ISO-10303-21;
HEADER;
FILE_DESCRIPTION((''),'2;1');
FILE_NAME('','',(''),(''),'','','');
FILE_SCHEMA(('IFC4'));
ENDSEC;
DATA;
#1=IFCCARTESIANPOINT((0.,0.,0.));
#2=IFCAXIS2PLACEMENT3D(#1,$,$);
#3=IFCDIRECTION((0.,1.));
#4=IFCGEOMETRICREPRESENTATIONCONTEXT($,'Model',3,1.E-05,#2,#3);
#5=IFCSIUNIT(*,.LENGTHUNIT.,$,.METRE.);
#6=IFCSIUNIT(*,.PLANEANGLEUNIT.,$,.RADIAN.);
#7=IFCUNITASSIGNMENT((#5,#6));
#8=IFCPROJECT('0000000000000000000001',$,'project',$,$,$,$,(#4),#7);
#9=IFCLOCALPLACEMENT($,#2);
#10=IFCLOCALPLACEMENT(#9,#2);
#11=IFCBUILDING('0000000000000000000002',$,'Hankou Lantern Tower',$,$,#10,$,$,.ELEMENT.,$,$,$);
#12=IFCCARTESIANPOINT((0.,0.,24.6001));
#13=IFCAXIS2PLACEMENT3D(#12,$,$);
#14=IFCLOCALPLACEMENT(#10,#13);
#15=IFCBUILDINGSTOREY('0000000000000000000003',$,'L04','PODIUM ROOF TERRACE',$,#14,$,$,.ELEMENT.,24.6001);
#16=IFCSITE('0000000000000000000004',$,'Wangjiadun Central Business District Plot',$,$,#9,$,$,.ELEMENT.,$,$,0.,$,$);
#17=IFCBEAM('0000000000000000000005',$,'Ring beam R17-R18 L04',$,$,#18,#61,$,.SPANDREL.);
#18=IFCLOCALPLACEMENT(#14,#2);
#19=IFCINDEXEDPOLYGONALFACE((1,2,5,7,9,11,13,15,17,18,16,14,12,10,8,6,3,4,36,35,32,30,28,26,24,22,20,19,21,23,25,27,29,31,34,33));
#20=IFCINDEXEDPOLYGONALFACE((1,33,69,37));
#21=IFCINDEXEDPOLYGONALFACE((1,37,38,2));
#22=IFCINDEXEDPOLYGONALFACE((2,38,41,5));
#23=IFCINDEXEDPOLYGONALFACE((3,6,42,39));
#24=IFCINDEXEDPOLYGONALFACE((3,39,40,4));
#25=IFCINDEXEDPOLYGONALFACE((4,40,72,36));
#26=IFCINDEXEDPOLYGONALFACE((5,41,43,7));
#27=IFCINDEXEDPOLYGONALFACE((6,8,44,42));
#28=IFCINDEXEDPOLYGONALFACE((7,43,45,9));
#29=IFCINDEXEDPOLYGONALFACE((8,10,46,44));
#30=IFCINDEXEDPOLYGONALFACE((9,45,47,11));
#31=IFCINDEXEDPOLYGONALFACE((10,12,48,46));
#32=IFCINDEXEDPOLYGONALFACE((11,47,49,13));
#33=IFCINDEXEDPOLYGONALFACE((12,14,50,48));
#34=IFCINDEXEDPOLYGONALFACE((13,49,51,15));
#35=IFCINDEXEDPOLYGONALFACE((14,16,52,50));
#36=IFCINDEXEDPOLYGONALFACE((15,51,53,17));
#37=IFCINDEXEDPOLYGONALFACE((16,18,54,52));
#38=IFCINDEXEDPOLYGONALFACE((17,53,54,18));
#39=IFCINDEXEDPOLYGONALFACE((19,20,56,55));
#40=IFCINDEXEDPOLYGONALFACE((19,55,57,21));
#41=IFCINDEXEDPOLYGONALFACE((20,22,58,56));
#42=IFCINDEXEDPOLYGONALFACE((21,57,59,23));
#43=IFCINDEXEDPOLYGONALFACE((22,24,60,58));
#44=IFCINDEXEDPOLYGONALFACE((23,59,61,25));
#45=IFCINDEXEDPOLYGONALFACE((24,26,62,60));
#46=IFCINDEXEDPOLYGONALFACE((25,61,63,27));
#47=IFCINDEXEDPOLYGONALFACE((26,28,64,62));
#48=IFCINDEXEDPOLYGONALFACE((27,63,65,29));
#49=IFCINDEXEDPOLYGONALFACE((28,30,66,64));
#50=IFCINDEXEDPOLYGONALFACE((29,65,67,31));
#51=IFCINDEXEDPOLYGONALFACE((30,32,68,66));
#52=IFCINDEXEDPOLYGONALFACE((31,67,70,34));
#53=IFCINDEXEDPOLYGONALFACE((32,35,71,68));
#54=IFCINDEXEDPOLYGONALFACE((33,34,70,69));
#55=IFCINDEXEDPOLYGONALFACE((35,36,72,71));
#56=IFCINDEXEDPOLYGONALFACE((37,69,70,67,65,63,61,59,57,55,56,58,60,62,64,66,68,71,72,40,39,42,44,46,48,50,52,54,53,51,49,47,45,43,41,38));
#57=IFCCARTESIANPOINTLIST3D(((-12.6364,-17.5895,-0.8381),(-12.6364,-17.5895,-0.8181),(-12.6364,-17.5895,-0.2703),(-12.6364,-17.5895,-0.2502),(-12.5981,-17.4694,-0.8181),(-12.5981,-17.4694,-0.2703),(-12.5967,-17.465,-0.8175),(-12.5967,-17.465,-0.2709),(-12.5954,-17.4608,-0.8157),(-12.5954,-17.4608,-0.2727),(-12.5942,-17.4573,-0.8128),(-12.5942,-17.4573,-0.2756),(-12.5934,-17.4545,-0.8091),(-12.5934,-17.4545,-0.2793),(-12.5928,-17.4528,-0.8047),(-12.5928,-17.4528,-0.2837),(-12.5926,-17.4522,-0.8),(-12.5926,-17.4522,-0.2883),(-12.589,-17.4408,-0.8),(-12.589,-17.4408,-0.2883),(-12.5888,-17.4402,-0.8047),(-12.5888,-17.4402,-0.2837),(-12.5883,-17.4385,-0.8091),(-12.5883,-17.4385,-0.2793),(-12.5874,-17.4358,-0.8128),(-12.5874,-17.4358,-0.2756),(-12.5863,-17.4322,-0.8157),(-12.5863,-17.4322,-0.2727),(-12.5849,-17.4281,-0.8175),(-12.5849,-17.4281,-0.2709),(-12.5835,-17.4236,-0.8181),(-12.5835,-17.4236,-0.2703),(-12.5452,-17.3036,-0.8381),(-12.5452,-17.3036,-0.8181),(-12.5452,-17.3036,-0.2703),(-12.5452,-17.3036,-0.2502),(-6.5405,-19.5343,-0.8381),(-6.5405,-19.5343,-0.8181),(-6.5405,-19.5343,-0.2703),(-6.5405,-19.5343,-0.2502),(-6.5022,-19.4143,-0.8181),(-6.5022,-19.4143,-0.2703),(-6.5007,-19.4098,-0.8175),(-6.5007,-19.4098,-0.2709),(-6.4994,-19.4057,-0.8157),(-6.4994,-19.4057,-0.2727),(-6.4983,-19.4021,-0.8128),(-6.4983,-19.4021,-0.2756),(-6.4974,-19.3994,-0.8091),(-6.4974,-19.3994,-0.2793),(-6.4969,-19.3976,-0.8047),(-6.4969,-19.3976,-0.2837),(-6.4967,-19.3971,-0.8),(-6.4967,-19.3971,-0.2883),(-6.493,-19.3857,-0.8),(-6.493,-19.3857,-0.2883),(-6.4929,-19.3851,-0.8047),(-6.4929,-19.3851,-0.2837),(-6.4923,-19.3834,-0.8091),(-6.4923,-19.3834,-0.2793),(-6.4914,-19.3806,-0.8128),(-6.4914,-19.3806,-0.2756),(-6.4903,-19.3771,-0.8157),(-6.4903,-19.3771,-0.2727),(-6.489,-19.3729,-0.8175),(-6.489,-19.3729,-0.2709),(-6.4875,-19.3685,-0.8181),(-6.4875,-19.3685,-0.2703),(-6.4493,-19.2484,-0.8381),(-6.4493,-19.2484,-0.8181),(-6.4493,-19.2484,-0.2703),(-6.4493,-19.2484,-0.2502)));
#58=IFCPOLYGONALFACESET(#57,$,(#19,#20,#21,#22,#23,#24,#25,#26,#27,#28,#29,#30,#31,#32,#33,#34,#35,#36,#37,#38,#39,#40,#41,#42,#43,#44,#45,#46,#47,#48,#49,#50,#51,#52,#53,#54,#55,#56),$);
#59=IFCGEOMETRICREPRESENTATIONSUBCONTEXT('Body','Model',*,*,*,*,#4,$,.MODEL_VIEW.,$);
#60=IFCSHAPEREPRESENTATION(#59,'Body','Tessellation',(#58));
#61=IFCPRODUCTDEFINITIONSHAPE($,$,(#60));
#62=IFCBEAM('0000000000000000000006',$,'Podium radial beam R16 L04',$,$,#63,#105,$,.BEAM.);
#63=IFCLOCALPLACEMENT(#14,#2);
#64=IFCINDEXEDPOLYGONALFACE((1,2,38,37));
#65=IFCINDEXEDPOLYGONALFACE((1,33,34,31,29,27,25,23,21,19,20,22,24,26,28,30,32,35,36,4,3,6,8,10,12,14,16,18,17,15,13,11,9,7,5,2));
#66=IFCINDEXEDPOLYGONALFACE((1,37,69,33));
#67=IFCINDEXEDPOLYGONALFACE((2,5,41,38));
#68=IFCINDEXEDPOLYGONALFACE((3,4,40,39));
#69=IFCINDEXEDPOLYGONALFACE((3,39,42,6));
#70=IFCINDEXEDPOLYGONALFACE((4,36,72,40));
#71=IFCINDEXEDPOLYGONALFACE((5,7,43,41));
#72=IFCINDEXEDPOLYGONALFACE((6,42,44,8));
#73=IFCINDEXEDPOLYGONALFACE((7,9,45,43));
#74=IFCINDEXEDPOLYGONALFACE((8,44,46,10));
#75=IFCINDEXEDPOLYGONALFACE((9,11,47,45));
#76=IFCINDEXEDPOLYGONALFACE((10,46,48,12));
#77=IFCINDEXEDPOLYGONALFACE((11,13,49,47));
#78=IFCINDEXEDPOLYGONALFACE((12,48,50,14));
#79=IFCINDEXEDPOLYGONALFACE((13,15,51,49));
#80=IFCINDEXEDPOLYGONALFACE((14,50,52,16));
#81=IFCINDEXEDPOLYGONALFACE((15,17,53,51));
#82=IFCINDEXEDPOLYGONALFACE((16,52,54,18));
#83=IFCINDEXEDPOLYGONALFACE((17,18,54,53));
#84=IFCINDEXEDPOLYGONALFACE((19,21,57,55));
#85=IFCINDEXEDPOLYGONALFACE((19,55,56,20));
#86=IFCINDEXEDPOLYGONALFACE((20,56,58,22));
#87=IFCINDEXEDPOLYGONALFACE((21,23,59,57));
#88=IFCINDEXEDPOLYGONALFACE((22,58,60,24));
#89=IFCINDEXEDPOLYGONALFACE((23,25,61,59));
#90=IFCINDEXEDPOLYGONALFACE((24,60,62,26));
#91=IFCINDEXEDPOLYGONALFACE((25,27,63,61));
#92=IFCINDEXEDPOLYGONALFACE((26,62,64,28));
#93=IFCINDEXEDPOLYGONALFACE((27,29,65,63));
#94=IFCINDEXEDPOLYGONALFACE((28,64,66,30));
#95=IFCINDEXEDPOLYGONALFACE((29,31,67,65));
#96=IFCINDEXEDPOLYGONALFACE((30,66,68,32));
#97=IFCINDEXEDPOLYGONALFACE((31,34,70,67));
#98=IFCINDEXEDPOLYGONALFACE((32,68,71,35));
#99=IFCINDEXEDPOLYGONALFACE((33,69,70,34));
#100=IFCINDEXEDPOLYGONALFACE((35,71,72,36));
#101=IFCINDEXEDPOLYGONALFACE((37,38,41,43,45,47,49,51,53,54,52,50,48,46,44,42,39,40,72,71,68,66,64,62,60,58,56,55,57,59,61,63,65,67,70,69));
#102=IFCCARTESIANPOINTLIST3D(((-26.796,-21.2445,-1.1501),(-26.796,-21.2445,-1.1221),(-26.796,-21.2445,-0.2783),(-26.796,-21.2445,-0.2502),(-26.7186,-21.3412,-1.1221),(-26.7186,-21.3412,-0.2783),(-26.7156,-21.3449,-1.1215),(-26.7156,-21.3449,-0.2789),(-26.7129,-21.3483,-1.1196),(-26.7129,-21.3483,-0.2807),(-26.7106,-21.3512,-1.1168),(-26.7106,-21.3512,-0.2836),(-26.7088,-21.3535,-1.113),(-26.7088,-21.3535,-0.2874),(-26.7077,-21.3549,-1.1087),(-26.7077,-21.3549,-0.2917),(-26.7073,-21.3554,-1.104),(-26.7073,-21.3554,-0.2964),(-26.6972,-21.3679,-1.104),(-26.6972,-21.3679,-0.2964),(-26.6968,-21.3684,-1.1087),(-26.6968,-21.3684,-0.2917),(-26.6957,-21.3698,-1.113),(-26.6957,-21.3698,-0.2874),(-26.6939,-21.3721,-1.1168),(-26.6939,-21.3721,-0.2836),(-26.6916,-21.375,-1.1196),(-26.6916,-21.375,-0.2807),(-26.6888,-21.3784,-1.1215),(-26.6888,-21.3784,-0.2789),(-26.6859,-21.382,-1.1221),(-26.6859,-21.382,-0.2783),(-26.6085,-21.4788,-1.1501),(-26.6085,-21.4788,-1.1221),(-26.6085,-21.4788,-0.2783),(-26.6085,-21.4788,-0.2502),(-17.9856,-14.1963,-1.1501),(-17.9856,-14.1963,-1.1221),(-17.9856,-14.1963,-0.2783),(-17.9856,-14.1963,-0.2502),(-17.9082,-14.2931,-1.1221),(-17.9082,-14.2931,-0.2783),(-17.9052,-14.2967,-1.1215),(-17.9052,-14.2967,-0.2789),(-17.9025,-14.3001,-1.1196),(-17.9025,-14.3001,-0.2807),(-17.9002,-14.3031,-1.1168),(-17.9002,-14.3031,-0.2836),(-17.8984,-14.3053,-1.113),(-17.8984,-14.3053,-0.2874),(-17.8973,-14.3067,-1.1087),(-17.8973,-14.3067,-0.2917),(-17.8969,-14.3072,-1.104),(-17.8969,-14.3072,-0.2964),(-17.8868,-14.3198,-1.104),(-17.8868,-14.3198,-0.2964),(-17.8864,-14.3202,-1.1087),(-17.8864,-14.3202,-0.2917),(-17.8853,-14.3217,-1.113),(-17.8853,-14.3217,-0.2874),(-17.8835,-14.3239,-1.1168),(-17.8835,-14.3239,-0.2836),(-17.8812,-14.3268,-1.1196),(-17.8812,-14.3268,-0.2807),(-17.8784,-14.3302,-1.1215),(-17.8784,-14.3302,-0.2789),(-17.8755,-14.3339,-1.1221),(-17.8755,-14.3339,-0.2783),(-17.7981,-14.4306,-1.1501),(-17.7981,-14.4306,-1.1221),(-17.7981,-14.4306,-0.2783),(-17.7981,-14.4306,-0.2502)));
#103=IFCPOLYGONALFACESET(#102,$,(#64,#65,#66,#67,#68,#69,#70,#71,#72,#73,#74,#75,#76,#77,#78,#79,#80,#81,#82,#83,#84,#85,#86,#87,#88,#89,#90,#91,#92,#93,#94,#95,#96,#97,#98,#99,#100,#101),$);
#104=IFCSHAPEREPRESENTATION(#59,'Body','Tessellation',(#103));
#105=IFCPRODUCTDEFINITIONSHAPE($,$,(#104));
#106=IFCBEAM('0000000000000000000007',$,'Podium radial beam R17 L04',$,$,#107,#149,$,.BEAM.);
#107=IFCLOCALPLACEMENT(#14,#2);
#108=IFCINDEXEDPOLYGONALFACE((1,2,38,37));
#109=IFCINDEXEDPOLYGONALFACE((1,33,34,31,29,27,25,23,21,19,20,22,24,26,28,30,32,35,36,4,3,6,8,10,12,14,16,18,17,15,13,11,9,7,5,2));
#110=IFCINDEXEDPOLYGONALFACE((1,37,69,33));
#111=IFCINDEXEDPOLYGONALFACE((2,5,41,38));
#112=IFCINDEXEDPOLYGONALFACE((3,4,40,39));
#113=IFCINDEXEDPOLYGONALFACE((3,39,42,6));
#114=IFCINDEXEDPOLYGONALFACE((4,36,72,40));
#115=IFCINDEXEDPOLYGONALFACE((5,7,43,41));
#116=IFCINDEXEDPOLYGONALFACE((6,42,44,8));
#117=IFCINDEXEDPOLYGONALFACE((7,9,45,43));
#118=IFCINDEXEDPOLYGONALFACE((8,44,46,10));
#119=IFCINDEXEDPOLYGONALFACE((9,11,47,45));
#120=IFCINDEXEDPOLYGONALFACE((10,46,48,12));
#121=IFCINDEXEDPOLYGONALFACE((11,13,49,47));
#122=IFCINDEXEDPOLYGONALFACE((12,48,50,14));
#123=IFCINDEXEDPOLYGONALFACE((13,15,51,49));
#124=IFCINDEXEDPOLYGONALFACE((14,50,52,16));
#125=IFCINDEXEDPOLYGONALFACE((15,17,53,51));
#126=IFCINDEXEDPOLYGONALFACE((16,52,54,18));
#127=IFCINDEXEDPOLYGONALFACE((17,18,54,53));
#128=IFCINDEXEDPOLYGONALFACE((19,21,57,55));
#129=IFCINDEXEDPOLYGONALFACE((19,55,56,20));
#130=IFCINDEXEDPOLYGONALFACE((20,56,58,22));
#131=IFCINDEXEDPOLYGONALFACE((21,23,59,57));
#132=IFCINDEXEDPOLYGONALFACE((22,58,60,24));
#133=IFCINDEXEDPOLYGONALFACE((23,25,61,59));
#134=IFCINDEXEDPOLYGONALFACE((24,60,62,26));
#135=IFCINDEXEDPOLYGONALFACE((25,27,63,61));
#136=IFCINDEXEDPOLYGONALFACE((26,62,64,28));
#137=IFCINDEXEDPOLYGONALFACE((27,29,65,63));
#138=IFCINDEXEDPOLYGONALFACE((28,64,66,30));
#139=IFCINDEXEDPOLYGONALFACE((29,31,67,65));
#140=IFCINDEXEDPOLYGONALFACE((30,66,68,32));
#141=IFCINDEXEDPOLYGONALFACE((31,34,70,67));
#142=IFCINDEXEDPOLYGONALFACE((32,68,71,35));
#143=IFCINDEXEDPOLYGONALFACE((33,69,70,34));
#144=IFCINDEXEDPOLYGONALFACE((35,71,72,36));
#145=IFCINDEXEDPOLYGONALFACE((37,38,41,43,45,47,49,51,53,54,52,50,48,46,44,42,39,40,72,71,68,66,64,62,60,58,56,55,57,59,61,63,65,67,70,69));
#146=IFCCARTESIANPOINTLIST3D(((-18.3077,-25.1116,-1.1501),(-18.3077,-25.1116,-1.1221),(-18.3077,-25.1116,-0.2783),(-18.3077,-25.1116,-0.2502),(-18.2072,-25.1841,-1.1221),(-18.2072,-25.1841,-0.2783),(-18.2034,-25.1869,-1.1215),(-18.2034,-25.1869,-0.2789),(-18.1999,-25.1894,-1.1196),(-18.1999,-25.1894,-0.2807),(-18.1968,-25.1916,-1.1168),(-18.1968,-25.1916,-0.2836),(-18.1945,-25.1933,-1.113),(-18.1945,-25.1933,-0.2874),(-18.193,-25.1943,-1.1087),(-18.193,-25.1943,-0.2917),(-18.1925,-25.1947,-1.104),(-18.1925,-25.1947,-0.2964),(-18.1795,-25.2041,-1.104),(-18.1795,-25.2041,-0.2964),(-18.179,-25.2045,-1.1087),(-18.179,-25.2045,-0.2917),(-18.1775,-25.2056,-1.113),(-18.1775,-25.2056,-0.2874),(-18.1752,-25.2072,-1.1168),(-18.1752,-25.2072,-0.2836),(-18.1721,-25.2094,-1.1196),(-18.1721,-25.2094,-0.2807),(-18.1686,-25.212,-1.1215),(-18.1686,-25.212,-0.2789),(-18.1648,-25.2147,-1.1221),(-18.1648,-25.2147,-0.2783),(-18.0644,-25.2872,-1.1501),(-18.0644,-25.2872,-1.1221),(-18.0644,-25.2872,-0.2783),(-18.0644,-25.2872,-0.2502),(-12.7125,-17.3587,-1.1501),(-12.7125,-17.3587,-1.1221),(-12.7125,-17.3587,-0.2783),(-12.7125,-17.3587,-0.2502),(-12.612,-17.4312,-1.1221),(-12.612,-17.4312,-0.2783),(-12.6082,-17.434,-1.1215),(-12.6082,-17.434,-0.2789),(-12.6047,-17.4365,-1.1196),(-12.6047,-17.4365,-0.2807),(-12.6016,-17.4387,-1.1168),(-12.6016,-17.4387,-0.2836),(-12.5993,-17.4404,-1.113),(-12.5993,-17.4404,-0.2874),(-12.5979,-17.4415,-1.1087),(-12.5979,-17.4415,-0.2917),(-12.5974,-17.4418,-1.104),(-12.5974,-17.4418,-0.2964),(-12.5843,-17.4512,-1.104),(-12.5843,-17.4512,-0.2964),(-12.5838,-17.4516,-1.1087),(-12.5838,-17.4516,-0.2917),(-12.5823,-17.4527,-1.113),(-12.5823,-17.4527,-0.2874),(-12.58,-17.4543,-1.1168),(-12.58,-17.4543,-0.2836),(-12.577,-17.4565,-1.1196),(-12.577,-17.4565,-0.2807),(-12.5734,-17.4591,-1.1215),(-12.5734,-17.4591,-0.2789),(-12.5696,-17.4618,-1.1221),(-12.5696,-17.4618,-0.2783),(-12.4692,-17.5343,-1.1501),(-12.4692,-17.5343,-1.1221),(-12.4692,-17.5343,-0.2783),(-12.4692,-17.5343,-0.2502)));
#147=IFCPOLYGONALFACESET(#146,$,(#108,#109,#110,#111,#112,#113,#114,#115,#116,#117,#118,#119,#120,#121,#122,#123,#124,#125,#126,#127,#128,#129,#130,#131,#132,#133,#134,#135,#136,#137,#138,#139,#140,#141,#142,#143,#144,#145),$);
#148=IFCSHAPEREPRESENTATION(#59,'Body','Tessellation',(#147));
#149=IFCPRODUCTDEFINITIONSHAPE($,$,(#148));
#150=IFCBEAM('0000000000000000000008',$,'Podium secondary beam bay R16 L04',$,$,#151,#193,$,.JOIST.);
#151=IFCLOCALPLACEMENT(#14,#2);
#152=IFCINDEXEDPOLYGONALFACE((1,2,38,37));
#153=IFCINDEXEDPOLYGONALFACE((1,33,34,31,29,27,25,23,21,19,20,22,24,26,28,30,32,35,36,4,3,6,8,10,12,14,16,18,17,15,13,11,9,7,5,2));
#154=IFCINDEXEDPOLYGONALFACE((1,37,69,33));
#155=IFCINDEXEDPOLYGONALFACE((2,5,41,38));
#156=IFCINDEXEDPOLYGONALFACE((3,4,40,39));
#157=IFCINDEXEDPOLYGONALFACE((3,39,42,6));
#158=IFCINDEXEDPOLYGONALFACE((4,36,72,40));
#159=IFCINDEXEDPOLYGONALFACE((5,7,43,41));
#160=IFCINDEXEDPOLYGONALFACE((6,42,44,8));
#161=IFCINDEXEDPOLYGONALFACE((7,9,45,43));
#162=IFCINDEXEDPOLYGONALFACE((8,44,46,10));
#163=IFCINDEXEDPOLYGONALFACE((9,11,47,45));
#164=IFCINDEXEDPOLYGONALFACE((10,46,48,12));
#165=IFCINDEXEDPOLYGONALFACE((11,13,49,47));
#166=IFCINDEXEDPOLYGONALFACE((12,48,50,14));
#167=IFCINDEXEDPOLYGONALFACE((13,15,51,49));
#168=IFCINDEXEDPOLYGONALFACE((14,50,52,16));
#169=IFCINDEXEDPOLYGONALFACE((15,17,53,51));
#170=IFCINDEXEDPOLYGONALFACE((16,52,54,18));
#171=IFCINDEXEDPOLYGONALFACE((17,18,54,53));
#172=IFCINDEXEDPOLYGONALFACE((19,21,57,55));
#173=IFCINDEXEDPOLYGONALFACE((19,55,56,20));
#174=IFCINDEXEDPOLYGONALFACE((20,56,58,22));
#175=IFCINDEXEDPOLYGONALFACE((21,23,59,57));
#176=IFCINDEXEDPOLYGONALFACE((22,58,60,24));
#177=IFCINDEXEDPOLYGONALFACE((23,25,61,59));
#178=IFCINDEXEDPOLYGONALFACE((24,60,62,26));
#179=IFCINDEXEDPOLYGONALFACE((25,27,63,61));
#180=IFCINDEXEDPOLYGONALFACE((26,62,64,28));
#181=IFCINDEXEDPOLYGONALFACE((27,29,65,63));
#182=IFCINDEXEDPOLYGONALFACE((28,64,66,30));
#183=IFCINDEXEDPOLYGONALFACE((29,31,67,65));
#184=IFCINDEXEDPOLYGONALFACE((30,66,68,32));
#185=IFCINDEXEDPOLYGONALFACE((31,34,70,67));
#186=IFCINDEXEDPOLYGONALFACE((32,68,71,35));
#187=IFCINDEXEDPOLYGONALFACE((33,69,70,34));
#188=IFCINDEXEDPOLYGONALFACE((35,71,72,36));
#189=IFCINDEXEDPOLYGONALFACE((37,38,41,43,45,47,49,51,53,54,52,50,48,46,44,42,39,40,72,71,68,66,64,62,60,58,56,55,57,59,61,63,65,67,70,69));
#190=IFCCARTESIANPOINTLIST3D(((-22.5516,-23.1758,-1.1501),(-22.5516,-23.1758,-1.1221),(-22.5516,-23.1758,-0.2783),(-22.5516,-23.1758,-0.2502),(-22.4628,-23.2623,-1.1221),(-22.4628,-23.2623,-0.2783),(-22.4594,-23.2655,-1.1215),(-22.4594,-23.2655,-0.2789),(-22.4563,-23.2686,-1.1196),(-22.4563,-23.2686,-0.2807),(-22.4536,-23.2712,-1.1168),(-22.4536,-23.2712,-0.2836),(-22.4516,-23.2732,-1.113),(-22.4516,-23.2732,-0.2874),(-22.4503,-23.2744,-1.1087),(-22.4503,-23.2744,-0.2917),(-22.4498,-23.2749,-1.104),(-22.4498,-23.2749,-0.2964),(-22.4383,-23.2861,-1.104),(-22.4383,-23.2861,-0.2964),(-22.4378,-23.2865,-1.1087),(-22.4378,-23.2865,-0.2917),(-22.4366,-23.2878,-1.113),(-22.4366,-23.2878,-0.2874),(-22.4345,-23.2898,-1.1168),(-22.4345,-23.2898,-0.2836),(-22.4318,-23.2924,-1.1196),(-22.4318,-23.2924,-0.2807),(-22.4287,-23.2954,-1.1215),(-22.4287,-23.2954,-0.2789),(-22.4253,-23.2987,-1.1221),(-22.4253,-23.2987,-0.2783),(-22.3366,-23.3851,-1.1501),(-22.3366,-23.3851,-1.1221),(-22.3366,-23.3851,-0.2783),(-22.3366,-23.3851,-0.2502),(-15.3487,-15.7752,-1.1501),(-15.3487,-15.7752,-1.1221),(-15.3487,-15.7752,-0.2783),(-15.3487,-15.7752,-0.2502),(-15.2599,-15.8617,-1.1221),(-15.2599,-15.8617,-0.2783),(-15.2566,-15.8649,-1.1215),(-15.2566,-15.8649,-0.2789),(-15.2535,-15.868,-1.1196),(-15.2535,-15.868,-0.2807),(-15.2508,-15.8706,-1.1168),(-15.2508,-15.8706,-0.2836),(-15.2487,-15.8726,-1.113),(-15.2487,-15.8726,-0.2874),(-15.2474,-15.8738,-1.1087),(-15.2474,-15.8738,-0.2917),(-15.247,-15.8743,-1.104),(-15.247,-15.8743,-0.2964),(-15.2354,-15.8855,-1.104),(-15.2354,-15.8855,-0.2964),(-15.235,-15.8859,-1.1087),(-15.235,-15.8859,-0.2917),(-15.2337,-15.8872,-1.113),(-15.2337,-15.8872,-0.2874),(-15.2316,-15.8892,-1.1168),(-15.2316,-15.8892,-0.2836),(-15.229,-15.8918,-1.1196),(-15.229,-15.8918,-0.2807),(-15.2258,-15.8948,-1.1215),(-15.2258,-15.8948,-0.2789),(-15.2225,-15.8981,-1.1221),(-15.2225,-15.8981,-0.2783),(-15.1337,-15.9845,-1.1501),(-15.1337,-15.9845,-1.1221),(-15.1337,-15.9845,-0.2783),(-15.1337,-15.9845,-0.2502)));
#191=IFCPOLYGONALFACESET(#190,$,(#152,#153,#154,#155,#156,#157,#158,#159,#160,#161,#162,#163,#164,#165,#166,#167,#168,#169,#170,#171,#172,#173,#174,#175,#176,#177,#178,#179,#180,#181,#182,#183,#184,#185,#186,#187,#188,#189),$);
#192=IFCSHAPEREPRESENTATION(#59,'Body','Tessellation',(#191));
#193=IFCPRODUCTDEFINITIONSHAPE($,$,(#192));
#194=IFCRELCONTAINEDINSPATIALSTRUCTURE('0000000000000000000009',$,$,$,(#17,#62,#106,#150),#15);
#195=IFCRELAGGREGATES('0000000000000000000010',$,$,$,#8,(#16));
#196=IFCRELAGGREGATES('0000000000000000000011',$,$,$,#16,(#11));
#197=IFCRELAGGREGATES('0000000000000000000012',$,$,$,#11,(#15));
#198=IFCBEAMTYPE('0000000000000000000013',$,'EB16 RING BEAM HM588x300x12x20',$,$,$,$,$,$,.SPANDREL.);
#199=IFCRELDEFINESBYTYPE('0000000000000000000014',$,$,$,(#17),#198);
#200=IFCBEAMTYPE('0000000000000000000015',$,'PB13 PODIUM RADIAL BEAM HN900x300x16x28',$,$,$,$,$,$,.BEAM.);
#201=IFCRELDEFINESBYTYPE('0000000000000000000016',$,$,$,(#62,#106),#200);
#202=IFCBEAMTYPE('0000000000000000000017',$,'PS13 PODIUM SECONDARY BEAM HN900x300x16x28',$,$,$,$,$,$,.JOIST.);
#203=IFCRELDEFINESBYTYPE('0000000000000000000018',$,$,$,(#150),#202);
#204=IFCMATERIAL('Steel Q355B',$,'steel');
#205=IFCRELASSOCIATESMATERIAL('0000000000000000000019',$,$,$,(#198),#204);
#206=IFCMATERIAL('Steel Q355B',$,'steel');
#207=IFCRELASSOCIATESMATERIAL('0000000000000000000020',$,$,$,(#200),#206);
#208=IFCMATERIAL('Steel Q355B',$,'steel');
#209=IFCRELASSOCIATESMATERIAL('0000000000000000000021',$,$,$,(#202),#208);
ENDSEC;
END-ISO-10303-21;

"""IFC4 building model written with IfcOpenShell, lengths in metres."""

from ifc_helpers import new_model, si_unit, direction, frame, origin, origin_2d, place, context, subcontext, project, spatial, i_section, extrude, material, material_profile, profile_set, type_object, element, save


model = new_model("IFC4")

# Units and contexts
model_context = context("Model", 3, precision=1e-05, world=origin(), true_north=direction((0.0, 1.0)))
body_context = subcontext(model_context, "Body", "Model", "MODEL_VIEW")
ifc_project = project(units=[si_unit("LENGTHUNIT", "METRE"), si_unit("PLANEANGLEUNIT", "RADIAN")], contexts=[model_context])

# Site, building, storey
site_placement = place(None, origin())
site = spatial("IfcSite", under=ifc_project, at=site_placement, Name="Wangjiadun Central Business District Plot", CompositionType="ELEMENT", RefElevation=0.0)
building_placement = place(site_placement, origin())
building = spatial("IfcBuilding", under=site, at=building_placement, Name="Hankou Lantern Tower", CompositionType="ELEMENT")
storey_placement = place(building_placement, frame((0.0, 0.0, 24.6001)))
storey = spatial("IfcBuildingStorey", under=building, at=storey_placement, Name="L04", Description="PODIUM ROOF TERRACE", CompositionType="ELEMENT", Elevation=24.6001)

# Beams
ifc_material_1 = material(Name="Steel Q355B", Category="steel")
ifc_material_profile_1 = material_profile(ifc_material_1, i_section(OverallWidth=0.3, OverallDepth=0.5879, WebThickness=0.012, FlangeThickness=0.02, FilletRadius=0.0181, at=origin_2d()), Name="HM588x300x12x20")
ifc_profile_set_1 = profile_set([ifc_material_profile_1], Name="Steel Q355B")
beam_type_1 = type_object("IfcBeamType", Name="EB16 RING BEAM HM588x300x12x20", PredefinedType="SPANDREL", material=ifc_profile_set_1)
beam_1_placement = place(storey_placement, frame((-12.5908, -17.4465, -0.5442), z_axis=(0.95269, -0.303942, 0.0), x_axis=(0.303942, 0.95269, 0.0)))
element("IfcBeam", 1, at=beam_1_placement, inside=storey, type_object=beam_type_1, Name="Ring beam R17-R18 L04", PredefinedType="SPANDREL", context=body_context, shape_type="SweptSolid", body=[
    extrude(i_section(OverallWidth=0.3, OverallDepth=0.5879, WebThickness=0.012, FlangeThickness=0.02, FilletRadius=0.0181, at=origin_2d()), origin(), (0.0, 0.0, 1.0), 6.3987),
])
ifc_material_2 = material(Name="Steel Q355B", Category="steel")
ifc_material_profile_2 = material_profile(ifc_material_2, i_section(OverallWidth=0.3, OverallDepth=0.8999, WebThickness=0.0161, FlangeThickness=0.0281, FilletRadius=0.0181, at=origin_2d()), Name="HN900x300x16x28")
ifc_profile_set_2 = profile_set([ifc_material_profile_2], Name="Steel Q355B")
beam_type_2 = type_object("IfcBeamType", Name="PB13 PODIUM RADIAL BEAM HN900x300x16x28", PredefinedType="BEAM", material=ifc_profile_set_2)
beam_2_placement = place(storey_placement, frame((-17.8918, -14.3135, -0.7002), z_axis=(-0.780875, -0.624687, 0.0), x_axis=(0.624687, -0.780875, 0.0)))
element("IfcBeam", 2, at=beam_2_placement, inside=storey, type_object=beam_type_2, Name="Podium radial beam R16 L04", PredefinedType="BEAM", context=body_context, shape_type="SweptSolid", body=[
    extrude(i_section(OverallWidth=0.3, OverallDepth=0.8999, WebThickness=0.0161, FlangeThickness=0.0281, FilletRadius=0.0181, at=origin_2d()), origin(), (0.0, 0.0, 1.0), 11.2827),
])
beam_3_placement = place(storey_placement, frame((-12.5908, -17.4465, -0.7002), z_axis=(-0.585207, -0.810884, 0.0), x_axis=(0.810884, -0.585207, 0.0)))
element("IfcBeam", 3, at=beam_3_placement, inside=storey, type_object=beam_type_2, Name="Podium radial beam R17 L04", PredefinedType="BEAM", context=body_context, shape_type="SweptSolid", body=[
    extrude(i_section(OverallWidth=0.3, OverallDepth=0.8999, WebThickness=0.0161, FlangeThickness=0.0281, FilletRadius=0.0181, at=origin_2d()), origin(), (0.0, 0.0, 1.0), 9.561),
])
ifc_material_3 = material(Name="Steel Q355B", Category="steel")
ifc_material_profile_3 = material_profile(ifc_material_3, i_section(OverallWidth=0.3, OverallDepth=0.8999, WebThickness=0.0161, FlangeThickness=0.0281, FilletRadius=0.0181, at=origin_2d()), Name="HN900x300x16x28")
ifc_profile_set_3 = profile_set([ifc_material_profile_3], Name="Steel Q355B")
beam_type_3 = type_object("IfcBeamType", Name="PS13 PODIUM SECONDARY BEAM HN900x300x16x28", PredefinedType="JOIST", material=ifc_profile_set_3)
beam_4_placement = place(storey_placement, frame((-15.2412, -15.8799, -0.7002), z_axis=(-0.697468, -0.716616, 0.0), x_axis=(0.716616, -0.697468, 0.0)))
element("IfcBeam", 4, at=beam_4_placement, inside=storey, type_object=beam_type_3, Name="Podium secondary beam bay R16 L04", PredefinedType="JOIST", context=body_context, shape_type="SweptSolid", body=[
    extrude(i_section(OverallWidth=0.3, OverallDepth=0.8999, WebThickness=0.0161, FlangeThickness=0.0281, FilletRadius=0.0181, at=origin_2d()), origin(), (0.0, 0.0, 1.0), 10.3271),
])

save(model, "model.ifc")
